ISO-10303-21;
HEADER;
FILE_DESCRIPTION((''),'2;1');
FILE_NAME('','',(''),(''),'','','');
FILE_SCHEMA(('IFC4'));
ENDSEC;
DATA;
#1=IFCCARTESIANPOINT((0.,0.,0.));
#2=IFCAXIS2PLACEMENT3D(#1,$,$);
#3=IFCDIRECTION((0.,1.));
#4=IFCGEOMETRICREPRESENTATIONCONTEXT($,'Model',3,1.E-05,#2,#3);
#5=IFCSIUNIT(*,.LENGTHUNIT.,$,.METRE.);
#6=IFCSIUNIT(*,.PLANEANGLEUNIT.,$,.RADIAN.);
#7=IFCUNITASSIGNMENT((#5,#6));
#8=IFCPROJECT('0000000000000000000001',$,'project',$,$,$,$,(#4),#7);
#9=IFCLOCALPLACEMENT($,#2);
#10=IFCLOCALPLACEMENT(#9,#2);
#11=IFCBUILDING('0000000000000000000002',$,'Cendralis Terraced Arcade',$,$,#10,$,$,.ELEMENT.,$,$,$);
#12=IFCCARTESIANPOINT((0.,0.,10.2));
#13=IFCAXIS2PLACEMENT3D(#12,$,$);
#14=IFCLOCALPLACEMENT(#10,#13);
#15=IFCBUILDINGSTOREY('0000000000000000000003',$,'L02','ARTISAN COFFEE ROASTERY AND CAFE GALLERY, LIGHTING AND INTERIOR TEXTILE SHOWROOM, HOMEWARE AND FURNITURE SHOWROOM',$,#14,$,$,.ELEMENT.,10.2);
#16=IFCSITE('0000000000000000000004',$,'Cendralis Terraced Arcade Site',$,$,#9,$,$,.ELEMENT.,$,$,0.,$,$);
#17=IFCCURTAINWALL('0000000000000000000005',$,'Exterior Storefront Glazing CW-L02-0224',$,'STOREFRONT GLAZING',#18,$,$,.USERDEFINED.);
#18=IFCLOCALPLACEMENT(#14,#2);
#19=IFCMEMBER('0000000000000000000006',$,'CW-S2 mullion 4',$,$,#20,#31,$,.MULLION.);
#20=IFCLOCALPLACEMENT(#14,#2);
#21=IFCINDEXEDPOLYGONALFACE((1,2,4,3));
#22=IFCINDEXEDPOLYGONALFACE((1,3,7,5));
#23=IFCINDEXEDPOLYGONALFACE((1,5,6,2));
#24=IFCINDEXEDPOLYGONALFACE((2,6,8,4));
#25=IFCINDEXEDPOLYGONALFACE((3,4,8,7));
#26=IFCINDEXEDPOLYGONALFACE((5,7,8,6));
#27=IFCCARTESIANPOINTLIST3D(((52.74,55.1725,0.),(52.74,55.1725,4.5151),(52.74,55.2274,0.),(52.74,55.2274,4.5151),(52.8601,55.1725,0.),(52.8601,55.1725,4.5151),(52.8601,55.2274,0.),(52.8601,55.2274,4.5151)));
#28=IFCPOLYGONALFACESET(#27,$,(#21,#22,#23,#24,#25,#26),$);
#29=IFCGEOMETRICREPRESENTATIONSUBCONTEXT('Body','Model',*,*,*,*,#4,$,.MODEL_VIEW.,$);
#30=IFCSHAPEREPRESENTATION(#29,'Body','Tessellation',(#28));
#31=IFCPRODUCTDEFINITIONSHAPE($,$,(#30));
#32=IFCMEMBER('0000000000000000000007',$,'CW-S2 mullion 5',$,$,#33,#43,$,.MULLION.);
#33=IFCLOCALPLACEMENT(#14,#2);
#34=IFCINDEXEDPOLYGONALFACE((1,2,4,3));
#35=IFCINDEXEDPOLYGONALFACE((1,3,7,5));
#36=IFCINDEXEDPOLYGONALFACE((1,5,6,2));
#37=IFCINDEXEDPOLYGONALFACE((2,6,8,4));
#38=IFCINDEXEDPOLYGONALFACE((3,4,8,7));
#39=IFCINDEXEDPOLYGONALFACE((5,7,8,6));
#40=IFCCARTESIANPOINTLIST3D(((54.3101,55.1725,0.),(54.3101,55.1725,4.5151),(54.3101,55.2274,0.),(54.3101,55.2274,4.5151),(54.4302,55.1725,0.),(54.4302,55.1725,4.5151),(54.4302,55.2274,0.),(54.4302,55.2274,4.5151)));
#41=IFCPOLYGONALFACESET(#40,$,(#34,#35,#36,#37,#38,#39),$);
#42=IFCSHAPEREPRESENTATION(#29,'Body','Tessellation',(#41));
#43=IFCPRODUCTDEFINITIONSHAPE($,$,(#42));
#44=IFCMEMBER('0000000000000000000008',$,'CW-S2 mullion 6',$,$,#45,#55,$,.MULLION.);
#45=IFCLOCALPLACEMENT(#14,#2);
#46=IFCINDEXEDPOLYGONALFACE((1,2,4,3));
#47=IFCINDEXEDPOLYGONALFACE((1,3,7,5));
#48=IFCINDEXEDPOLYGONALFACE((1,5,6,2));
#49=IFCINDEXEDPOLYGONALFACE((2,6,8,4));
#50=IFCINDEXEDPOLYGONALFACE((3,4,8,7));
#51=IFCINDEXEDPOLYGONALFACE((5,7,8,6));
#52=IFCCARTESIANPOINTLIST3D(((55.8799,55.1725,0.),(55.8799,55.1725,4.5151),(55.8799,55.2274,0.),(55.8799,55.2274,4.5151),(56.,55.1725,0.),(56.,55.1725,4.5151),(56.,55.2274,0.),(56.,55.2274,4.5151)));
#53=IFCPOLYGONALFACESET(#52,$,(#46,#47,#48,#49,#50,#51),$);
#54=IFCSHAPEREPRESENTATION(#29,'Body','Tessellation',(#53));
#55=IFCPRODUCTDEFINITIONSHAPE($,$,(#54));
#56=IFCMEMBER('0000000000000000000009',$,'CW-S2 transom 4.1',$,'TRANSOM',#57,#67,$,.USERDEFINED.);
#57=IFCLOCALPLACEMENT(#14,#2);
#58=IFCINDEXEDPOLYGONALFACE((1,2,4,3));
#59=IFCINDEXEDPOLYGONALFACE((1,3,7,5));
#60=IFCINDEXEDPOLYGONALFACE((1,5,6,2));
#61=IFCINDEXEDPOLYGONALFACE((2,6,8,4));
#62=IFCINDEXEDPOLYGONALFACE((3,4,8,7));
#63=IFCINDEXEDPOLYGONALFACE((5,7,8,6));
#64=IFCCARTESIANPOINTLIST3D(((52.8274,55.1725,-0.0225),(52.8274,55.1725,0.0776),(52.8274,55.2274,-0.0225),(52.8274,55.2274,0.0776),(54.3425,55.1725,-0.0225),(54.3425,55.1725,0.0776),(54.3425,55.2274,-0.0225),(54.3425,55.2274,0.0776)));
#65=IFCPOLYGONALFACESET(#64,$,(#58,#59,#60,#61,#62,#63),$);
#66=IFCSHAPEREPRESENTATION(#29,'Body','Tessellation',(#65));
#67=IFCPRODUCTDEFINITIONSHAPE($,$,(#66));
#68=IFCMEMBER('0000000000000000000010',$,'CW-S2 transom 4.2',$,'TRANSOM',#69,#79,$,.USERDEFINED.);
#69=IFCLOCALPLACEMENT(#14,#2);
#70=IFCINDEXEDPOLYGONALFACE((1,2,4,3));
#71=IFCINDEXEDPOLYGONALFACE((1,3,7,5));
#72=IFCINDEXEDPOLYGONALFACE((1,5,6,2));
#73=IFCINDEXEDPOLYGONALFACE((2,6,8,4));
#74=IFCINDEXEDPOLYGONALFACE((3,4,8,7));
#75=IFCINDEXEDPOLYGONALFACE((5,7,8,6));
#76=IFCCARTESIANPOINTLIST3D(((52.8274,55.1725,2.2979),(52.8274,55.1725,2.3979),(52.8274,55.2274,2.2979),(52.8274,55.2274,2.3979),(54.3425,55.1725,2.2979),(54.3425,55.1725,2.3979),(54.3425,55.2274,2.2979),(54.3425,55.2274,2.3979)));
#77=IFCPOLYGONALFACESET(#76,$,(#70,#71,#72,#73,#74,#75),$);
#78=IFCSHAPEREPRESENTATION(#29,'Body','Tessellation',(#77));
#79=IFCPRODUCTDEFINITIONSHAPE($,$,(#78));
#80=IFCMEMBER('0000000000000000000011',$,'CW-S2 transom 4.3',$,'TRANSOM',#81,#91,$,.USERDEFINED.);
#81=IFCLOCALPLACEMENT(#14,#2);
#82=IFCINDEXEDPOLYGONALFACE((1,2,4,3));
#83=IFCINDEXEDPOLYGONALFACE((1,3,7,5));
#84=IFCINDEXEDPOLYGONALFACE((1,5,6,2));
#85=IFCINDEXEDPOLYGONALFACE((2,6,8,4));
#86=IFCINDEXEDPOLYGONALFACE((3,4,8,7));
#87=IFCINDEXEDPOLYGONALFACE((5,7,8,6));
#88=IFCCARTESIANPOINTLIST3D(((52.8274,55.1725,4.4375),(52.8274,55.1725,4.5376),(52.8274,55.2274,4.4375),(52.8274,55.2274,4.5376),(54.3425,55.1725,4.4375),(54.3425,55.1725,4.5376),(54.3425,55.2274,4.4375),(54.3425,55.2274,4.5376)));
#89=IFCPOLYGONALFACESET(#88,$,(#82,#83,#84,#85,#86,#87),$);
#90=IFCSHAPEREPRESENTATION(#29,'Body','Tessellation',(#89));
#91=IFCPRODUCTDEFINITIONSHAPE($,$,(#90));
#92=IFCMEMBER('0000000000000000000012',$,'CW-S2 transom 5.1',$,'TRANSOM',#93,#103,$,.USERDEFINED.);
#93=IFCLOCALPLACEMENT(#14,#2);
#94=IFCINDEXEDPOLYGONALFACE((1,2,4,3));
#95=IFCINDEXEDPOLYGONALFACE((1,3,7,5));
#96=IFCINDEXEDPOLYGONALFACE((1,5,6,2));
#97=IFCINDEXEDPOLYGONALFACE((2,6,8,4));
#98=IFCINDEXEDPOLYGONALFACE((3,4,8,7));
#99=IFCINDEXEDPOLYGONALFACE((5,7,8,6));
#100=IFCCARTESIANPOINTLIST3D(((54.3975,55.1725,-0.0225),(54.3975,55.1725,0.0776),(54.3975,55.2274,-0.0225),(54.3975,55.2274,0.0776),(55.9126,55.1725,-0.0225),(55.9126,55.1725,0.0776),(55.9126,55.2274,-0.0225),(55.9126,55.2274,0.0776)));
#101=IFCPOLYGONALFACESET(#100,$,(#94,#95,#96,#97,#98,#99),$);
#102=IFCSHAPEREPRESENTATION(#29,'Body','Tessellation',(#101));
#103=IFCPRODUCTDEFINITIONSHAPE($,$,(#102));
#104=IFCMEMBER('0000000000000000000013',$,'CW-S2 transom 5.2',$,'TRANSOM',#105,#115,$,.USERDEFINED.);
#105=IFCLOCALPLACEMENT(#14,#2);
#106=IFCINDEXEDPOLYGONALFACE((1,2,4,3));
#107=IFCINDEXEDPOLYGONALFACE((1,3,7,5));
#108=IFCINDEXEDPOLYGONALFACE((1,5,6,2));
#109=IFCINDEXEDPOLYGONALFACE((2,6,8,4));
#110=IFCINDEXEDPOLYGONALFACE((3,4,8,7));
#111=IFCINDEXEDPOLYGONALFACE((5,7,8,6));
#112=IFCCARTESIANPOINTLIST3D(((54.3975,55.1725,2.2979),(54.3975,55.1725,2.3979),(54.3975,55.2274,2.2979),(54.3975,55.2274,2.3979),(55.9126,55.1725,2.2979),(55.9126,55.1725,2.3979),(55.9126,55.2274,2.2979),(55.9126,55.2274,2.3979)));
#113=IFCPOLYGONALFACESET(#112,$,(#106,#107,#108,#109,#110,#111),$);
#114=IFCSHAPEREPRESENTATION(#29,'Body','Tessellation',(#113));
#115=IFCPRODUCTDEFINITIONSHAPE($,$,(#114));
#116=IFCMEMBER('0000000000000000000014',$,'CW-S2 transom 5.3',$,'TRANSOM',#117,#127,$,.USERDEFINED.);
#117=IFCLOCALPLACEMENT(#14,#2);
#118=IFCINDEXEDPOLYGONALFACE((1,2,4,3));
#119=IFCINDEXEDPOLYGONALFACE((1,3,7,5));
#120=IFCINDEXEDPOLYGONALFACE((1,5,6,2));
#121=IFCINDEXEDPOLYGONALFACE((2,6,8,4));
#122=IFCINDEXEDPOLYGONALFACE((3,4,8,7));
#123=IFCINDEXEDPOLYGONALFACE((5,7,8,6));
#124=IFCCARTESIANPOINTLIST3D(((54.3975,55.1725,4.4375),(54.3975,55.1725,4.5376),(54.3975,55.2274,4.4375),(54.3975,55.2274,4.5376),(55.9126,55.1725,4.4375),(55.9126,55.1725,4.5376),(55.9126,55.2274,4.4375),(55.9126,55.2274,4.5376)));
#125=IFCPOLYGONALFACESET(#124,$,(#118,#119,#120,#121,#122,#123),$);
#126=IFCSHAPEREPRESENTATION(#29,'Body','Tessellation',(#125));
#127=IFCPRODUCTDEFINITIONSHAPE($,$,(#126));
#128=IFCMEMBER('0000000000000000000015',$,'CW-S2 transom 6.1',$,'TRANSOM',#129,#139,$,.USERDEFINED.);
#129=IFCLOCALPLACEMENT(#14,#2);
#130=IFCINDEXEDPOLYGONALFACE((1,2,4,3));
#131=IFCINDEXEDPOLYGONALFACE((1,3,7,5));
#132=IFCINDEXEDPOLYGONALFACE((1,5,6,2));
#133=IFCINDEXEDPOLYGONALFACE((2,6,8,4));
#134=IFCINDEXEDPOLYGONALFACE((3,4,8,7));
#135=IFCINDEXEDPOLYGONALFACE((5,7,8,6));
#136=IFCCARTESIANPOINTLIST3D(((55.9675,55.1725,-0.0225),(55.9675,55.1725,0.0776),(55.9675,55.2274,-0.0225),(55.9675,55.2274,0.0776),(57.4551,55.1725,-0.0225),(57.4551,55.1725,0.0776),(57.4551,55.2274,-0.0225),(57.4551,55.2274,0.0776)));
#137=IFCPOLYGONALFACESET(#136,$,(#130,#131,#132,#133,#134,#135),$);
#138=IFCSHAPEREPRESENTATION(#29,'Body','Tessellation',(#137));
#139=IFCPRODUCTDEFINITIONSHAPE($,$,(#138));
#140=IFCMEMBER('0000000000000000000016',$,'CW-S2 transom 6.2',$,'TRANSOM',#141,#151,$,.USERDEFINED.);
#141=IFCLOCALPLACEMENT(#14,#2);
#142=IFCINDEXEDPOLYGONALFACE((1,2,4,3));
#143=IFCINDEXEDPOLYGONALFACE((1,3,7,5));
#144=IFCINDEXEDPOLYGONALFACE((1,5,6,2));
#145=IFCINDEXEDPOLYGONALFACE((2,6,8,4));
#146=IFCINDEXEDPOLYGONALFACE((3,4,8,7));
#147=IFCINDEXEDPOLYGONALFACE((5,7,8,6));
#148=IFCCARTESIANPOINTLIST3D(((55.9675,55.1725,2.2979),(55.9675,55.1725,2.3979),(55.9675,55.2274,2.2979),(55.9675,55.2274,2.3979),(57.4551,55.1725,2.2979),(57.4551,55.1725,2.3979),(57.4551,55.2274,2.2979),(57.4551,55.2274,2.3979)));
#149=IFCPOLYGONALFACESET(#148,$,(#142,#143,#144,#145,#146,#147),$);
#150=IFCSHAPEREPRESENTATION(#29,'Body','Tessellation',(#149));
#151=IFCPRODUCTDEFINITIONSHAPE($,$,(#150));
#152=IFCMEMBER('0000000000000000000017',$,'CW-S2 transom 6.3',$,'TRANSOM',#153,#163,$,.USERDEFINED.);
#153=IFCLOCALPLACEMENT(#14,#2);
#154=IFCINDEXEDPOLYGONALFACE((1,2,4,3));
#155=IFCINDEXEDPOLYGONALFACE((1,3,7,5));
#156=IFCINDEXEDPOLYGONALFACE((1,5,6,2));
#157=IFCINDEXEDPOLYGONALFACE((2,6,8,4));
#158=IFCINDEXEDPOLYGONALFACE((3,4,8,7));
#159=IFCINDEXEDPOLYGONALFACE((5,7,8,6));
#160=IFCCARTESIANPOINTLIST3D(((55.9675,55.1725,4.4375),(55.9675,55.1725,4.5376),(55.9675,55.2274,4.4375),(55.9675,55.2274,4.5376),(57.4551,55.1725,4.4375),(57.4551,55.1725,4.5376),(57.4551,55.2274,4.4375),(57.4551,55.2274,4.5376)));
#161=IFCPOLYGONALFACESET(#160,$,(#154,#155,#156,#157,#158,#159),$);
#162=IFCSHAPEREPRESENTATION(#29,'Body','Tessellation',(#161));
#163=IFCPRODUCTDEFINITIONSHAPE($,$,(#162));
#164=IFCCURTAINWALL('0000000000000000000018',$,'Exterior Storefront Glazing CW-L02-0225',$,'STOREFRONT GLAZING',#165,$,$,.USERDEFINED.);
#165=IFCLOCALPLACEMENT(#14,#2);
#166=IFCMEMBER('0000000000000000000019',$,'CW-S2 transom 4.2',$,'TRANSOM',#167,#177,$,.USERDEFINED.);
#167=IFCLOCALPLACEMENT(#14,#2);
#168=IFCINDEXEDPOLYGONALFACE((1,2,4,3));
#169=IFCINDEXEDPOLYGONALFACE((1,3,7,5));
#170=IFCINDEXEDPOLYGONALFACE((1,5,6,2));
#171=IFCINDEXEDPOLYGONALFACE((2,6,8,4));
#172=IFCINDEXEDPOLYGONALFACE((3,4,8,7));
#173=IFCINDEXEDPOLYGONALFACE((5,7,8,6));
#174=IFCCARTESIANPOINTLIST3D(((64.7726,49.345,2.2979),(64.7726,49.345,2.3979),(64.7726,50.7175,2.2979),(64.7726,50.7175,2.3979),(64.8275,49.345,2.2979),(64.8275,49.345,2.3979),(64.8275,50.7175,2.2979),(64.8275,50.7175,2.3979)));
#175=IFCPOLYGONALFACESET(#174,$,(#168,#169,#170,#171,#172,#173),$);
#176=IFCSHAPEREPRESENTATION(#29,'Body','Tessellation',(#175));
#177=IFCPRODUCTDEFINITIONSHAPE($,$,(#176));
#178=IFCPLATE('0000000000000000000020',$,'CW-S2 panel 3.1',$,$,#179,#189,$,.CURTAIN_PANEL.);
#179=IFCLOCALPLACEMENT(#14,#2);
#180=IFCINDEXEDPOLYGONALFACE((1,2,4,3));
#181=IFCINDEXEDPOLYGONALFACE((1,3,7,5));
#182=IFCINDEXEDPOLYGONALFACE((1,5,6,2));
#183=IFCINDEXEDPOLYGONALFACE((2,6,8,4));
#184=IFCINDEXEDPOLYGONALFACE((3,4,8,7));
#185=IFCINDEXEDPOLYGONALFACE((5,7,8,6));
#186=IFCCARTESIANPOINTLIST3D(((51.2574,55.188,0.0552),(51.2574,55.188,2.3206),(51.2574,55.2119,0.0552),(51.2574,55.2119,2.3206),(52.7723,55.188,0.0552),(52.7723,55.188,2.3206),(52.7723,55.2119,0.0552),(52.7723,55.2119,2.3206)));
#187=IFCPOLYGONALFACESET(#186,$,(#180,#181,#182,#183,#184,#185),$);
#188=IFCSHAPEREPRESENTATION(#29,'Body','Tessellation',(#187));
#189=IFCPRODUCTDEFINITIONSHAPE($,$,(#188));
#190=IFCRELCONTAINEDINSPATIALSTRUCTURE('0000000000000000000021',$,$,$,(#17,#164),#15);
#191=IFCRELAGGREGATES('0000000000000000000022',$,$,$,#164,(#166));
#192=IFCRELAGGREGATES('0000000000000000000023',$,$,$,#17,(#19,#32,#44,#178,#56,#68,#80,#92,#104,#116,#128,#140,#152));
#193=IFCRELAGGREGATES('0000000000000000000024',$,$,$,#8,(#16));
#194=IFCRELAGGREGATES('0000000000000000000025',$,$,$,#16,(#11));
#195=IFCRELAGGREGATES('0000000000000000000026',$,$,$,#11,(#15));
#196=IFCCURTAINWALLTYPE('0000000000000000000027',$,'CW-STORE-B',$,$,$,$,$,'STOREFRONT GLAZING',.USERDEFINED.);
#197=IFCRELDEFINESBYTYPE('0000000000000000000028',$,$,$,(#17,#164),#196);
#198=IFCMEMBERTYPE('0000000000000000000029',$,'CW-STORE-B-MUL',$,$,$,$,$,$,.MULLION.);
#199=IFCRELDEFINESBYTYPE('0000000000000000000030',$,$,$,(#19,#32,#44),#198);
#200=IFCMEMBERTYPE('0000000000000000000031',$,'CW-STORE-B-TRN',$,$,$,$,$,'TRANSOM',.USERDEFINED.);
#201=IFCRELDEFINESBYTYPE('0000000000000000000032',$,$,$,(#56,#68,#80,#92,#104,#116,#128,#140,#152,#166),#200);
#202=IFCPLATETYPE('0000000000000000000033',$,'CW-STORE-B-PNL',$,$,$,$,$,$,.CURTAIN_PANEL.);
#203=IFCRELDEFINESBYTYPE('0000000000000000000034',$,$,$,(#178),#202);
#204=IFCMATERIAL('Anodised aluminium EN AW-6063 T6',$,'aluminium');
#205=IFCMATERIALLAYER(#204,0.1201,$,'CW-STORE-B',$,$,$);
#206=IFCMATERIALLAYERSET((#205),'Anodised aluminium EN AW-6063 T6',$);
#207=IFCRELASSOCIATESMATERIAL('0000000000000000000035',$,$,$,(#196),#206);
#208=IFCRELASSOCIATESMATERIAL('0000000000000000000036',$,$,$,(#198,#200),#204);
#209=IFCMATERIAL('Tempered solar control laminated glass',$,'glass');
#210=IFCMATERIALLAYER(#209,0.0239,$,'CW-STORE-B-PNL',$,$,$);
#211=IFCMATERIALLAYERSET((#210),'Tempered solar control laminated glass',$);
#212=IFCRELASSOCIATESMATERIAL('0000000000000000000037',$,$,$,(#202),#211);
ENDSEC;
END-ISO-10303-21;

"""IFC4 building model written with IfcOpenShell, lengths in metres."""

from ifc_helpers import new_model, si_unit, direction, frame, origin, origin_2d, place, context, subcontext, project, spatial, rectangle, extrude, material, layer, layer_set, material_profile, profile_set, type_object, element, aggregate, save


model = new_model("IFC4")

# Units and contexts
model_context = context("Model", 3, precision=1e-05, world=origin(), true_north=direction((0.0, 1.0)))
body_context = subcontext(model_context, "Body", "Model", "MODEL_VIEW")
ifc_project = project(units=[si_unit("LENGTHUNIT", "METRE"), si_unit("PLANEANGLEUNIT", "RADIAN")], contexts=[model_context])

# Site, building, storey
site_placement = place(None, origin())
site = spatial("IfcSite", under=ifc_project, at=site_placement, Name="Cendralis Terraced Arcade Site", CompositionType="ELEMENT", RefElevation=0.0)
building_placement = place(site_placement, origin())
building = spatial("IfcBuilding", under=site, at=building_placement, Name="Cendralis Terraced Arcade", CompositionType="ELEMENT")
storey_placement = place(building_placement, frame((0.0, 0.0, 10.2)))
storey = spatial("IfcBuildingStorey", under=building, at=storey_placement, Name="L02", Description="ARTISAN COFFEE ROASTERY AND CAFE GALLERY, LIGHTING AND INTERIOR TEXTILE SHOWROOM, HOMEWARE AND FURNITURE SHOWROOM", CompositionType="ELEMENT", Elevation=10.2)

# Curtain wall, members
ifc_material_1 = material(Name="Anodised aluminium EN AW-6063 T6", Category="aluminium")
ifc_layer_1 = layer(ifc_material_1, 0.1201, Name="CW-STORE-B")
ifc_layer_set_1 = layer_set([ifc_layer_1], Name="Anodised aluminium EN AW-6063 T6")
curtain_wall_type = type_object("IfcCurtainWallType", Name="CW-STORE-B", ElementType="STOREFRONT GLAZING", PredefinedType="USERDEFINED", material=ifc_layer_set_1)
curtain_wall_1_placement = place(storey_placement, origin())
curtain_wall_1 = element("IfcCurtainWall", 1, at=curtain_wall_1_placement, inside=storey, type_object=curtain_wall_type, Name="Exterior Storefront Glazing CW-L02-0224", ObjectType="STOREFRONT GLAZING", PredefinedType="USERDEFINED")
ifc_material_profile_1 = material_profile(ifc_material_1, rectangle(XDim=0.0549, YDim=0.1201, at=origin_2d()), Name="ALU-MUL-55x120")
ifc_profile_set_1 = profile_set([ifc_material_profile_1], Name="Anodised aluminium EN AW-6063 T6")
member_type_1 = type_object("IfcMemberType", Name="CW-STORE-B-MUL", PredefinedType="MULLION", material=ifc_profile_set_1)
member_1_placement = place(storey_placement, frame((52.8, 55.2, 0.0), z_axis=(0.0, 0.0, 1.0), x_axis=(0.0, 1.0, 0.0)))
member_1 = element("IfcMember", 2, at=member_1_placement, type_object=member_type_1, Name="CW-S2 mullion 4", PredefinedType="MULLION", context=body_context, shape_type="SweptSolid", body=[
    extrude(rectangle(XDim=0.0549, YDim=0.1201, at=origin_2d()), origin(), (0.0, 0.0, 1.0), 4.5151),
])
member_2_placement = place(storey_placement, frame((54.3701, 55.2, 0.0), z_axis=(0.0, 0.0, 1.0), x_axis=(0.0, 1.0, 0.0)))
member_2 = element("IfcMember", 3, at=member_2_placement, type_object=member_type_1, Name="CW-S2 mullion 5", PredefinedType="MULLION", context=body_context, shape_type="SweptSolid", body=[
    extrude(rectangle(XDim=0.0549, YDim=0.1201, at=origin_2d()), origin(), (0.0, 0.0, 1.0), 4.5151),
])
member_3_placement = place(storey_placement, frame((55.9399, 55.2, 0.0), z_axis=(0.0, 0.0, 1.0), x_axis=(0.0, 1.0, 0.0)))
member_3 = element("IfcMember", 4, at=member_3_placement, type_object=member_type_1, Name="CW-S2 mullion 6", PredefinedType="MULLION", context=body_context, shape_type="SweptSolid", body=[
    extrude(rectangle(XDim=0.0549, YDim=0.1201, at=origin_2d()), origin(), (0.0, 0.0, 1.0), 4.5151),
])
ifc_material_profile_2 = material_profile(ifc_material_1, rectangle(XDim=0.0549, YDim=0.1001, at=origin_2d()), Name="ALU-TRN-55x100")
ifc_profile_set_2 = profile_set([ifc_material_profile_2], Name="Anodised aluminium EN AW-6063 T6")
member_type_2 = type_object("IfcMemberType", Name="CW-STORE-B-TRN", ElementType="TRANSOM", PredefinedType="USERDEFINED", material=ifc_profile_set_2)
member_4_placement = place(storey_placement, frame((52.8274, 55.2, 0.0276), z_axis=(1.0, 0.0, 0.0), x_axis=(0.0, 1.0, 0.0)))
member_4 = element("IfcMember", 5, at=member_4_placement, type_object=member_type_2, Name="CW-S2 transom 4.1", ObjectType="TRANSOM", PredefinedType="USERDEFINED", context=body_context, shape_type="SweptSolid", body=[
    extrude(rectangle(XDim=0.0549, YDim=0.1001, at=origin_2d()), origin(), (0.0, 0.0, 1.0), 1.5151),
])
member_5_placement = place(storey_placement, frame((52.8274, 55.2, 2.3479), z_axis=(1.0, 0.0, 0.0), x_axis=(0.0, 1.0, 0.0)))
member_5 = element("IfcMember", 6, at=member_5_placement, type_object=member_type_2, Name="CW-S2 transom 4.2", ObjectType="TRANSOM", PredefinedType="USERDEFINED", context=body_context, shape_type="SweptSolid", body=[
    extrude(rectangle(XDim=0.0549, YDim=0.1001, at=origin_2d()), origin(), (0.0, 0.0, 1.0), 1.5151),
])
member_6_placement = place(storey_placement, frame((52.8274, 55.2, 4.4875), z_axis=(1.0, 0.0, 0.0), x_axis=(0.0, 1.0, 0.0)))
member_6 = element("IfcMember", 7, at=member_6_placement, type_object=member_type_2, Name="CW-S2 transom 4.3", ObjectType="TRANSOM", PredefinedType="USERDEFINED", context=body_context, shape_type="SweptSolid", body=[
    extrude(rectangle(XDim=0.0549, YDim=0.1001, at=origin_2d()), origin(), (0.0, 0.0, 1.0), 1.5151),
])
member_7_placement = place(storey_placement, frame((54.3975, 55.2, 0.0276), z_axis=(1.0, 0.0, 0.0), x_axis=(0.0, 1.0, 0.0)))
member_7 = element("IfcMember", 8, at=member_7_placement, type_object=member_type_2, Name="CW-S2 transom 5.1", ObjectType="TRANSOM", PredefinedType="USERDEFINED", context=body_context, shape_type="SweptSolid", body=[
    extrude(rectangle(XDim=0.0549, YDim=0.1001, at=origin_2d()), origin(), (0.0, 0.0, 1.0), 1.5151),
])
member_8_placement = place(storey_placement, frame((54.3975, 55.2, 2.3479), z_axis=(1.0, 0.0, 0.0), x_axis=(0.0, 1.0, 0.0)))
member_8 = element("IfcMember", 9, at=member_8_placement, type_object=member_type_2, Name="CW-S2 transom 5.2", ObjectType="TRANSOM", PredefinedType="USERDEFINED", context=body_context, shape_type="SweptSolid", body=[
    extrude(rectangle(XDim=0.0549, YDim=0.1001, at=origin_2d()), origin(), (0.0, 0.0, 1.0), 1.5151),
])
member_9_placement = place(storey_placement, frame((54.3975, 55.2, 4.4875), z_axis=(1.0, 0.0, 0.0), x_axis=(0.0, 1.0, 0.0)))
member_9 = element("IfcMember", 10, at=member_9_placement, type_object=member_type_2, Name="CW-S2 transom 5.3", ObjectType="TRANSOM", PredefinedType="USERDEFINED", context=body_context, shape_type="SweptSolid", body=[
    extrude(rectangle(XDim=0.0549, YDim=0.1001, at=origin_2d()), origin(), (0.0, 0.0, 1.0), 1.5151),
])
member_10_placement = place(storey_placement, frame((55.9675, 55.2, 0.0276), z_axis=(1.0, 0.0, 0.0), x_axis=(0.0, 1.0, 0.0)))
member_10 = element("IfcMember", 11, at=member_10_placement, type_object=member_type_2, Name="CW-S2 transom 6.1", ObjectType="TRANSOM", PredefinedType="USERDEFINED", context=body_context, shape_type="SweptSolid", body=[
    extrude(rectangle(XDim=0.0549, YDim=0.1001, at=origin_2d()), origin(), (0.0, 0.0, 1.0), 1.4875),
])
member_11_placement = place(storey_placement, frame((55.9675, 55.2, 2.3479), z_axis=(1.0, 0.0, 0.0), x_axis=(0.0, 1.0, 0.0)))
member_11 = element("IfcMember", 12, at=member_11_placement, type_object=member_type_2, Name="CW-S2 transom 6.2", ObjectType="TRANSOM", PredefinedType="USERDEFINED", context=body_context, shape_type="SweptSolid", body=[
    extrude(rectangle(XDim=0.0549, YDim=0.1001, at=origin_2d()), origin(), (0.0, 0.0, 1.0), 1.4875),
])
member_12_placement = place(storey_placement, frame((55.9675, 55.2, 4.4875), z_axis=(1.0, 0.0, 0.0), x_axis=(0.0, 1.0, 0.0)))
member_12 = element("IfcMember", 13, at=member_12_placement, type_object=member_type_2, Name="CW-S2 transom 6.3", ObjectType="TRANSOM", PredefinedType="USERDEFINED", context=body_context, shape_type="SweptSolid", body=[
    extrude(rectangle(XDim=0.0549, YDim=0.1001, at=origin_2d()), origin(), (0.0, 0.0, 1.0), 1.4875),
])

# Curtain wall, member
curtain_wall_2_placement = place(storey_placement, origin())
curtain_wall_2 = element("IfcCurtainWall", 14, at=curtain_wall_2_placement, inside=storey, type_object=curtain_wall_type, Name="Exterior Storefront Glazing CW-L02-0225", ObjectType="STOREFRONT GLAZING", PredefinedType="USERDEFINED")
member_13_placement = place(storey_placement, frame((64.8, 50.7175, 2.3479), z_axis=(0.0, -1.0, 0.0), x_axis=(1.0, 0.0, 0.0)))
member_13 = element("IfcMember", 15, at=member_13_placement, type_object=member_type_2, Name="CW-S2 transom 4.2", ObjectType="TRANSOM", PredefinedType="USERDEFINED", context=body_context, shape_type="SweptSolid", body=[
    extrude(rectangle(XDim=0.0549, YDim=0.1001, at=origin_2d()), origin(), (0.0, 0.0, 1.0), 1.3726),
])
aggregate(curtain_wall_2, [member_13])

# Plate
ifc_material_2 = material(Name="Tempered solar control laminated glass", Category="glass")
ifc_layer_2 = layer(ifc_material_2, 0.0239, Name="CW-STORE-B-PNL")
ifc_layer_set_2 = layer_set([ifc_layer_2], Name="Tempered solar control laminated glass")
plate_type = type_object("IfcPlateType", Name="CW-STORE-B-PNL", PredefinedType="CURTAIN_PANEL", material=ifc_layer_set_2)
plate_1_placement = place(storey_placement, frame((52.0149, 55.2, 0.0552), z_axis=(0.0, 0.0, 1.0), x_axis=(1.0, 0.0, 0.0)))
plate_1 = element("IfcPlate", 16, at=plate_1_placement, type_object=plate_type, Name="CW-S2 panel 3.1", PredefinedType="CURTAIN_PANEL", context=body_context, shape_type="SweptSolid", body=[
    extrude(rectangle(XDim=1.5149, YDim=0.0239, at=origin_2d()), origin(), (0.0, 0.0, 1.0), 2.2654),
])
aggregate(curtain_wall_1, [member_1, member_2, member_3, plate_1, member_4, member_5, member_6, member_7, member_8, member_9, member_10, member_11, member_12])

save(model, "model.ifc")
